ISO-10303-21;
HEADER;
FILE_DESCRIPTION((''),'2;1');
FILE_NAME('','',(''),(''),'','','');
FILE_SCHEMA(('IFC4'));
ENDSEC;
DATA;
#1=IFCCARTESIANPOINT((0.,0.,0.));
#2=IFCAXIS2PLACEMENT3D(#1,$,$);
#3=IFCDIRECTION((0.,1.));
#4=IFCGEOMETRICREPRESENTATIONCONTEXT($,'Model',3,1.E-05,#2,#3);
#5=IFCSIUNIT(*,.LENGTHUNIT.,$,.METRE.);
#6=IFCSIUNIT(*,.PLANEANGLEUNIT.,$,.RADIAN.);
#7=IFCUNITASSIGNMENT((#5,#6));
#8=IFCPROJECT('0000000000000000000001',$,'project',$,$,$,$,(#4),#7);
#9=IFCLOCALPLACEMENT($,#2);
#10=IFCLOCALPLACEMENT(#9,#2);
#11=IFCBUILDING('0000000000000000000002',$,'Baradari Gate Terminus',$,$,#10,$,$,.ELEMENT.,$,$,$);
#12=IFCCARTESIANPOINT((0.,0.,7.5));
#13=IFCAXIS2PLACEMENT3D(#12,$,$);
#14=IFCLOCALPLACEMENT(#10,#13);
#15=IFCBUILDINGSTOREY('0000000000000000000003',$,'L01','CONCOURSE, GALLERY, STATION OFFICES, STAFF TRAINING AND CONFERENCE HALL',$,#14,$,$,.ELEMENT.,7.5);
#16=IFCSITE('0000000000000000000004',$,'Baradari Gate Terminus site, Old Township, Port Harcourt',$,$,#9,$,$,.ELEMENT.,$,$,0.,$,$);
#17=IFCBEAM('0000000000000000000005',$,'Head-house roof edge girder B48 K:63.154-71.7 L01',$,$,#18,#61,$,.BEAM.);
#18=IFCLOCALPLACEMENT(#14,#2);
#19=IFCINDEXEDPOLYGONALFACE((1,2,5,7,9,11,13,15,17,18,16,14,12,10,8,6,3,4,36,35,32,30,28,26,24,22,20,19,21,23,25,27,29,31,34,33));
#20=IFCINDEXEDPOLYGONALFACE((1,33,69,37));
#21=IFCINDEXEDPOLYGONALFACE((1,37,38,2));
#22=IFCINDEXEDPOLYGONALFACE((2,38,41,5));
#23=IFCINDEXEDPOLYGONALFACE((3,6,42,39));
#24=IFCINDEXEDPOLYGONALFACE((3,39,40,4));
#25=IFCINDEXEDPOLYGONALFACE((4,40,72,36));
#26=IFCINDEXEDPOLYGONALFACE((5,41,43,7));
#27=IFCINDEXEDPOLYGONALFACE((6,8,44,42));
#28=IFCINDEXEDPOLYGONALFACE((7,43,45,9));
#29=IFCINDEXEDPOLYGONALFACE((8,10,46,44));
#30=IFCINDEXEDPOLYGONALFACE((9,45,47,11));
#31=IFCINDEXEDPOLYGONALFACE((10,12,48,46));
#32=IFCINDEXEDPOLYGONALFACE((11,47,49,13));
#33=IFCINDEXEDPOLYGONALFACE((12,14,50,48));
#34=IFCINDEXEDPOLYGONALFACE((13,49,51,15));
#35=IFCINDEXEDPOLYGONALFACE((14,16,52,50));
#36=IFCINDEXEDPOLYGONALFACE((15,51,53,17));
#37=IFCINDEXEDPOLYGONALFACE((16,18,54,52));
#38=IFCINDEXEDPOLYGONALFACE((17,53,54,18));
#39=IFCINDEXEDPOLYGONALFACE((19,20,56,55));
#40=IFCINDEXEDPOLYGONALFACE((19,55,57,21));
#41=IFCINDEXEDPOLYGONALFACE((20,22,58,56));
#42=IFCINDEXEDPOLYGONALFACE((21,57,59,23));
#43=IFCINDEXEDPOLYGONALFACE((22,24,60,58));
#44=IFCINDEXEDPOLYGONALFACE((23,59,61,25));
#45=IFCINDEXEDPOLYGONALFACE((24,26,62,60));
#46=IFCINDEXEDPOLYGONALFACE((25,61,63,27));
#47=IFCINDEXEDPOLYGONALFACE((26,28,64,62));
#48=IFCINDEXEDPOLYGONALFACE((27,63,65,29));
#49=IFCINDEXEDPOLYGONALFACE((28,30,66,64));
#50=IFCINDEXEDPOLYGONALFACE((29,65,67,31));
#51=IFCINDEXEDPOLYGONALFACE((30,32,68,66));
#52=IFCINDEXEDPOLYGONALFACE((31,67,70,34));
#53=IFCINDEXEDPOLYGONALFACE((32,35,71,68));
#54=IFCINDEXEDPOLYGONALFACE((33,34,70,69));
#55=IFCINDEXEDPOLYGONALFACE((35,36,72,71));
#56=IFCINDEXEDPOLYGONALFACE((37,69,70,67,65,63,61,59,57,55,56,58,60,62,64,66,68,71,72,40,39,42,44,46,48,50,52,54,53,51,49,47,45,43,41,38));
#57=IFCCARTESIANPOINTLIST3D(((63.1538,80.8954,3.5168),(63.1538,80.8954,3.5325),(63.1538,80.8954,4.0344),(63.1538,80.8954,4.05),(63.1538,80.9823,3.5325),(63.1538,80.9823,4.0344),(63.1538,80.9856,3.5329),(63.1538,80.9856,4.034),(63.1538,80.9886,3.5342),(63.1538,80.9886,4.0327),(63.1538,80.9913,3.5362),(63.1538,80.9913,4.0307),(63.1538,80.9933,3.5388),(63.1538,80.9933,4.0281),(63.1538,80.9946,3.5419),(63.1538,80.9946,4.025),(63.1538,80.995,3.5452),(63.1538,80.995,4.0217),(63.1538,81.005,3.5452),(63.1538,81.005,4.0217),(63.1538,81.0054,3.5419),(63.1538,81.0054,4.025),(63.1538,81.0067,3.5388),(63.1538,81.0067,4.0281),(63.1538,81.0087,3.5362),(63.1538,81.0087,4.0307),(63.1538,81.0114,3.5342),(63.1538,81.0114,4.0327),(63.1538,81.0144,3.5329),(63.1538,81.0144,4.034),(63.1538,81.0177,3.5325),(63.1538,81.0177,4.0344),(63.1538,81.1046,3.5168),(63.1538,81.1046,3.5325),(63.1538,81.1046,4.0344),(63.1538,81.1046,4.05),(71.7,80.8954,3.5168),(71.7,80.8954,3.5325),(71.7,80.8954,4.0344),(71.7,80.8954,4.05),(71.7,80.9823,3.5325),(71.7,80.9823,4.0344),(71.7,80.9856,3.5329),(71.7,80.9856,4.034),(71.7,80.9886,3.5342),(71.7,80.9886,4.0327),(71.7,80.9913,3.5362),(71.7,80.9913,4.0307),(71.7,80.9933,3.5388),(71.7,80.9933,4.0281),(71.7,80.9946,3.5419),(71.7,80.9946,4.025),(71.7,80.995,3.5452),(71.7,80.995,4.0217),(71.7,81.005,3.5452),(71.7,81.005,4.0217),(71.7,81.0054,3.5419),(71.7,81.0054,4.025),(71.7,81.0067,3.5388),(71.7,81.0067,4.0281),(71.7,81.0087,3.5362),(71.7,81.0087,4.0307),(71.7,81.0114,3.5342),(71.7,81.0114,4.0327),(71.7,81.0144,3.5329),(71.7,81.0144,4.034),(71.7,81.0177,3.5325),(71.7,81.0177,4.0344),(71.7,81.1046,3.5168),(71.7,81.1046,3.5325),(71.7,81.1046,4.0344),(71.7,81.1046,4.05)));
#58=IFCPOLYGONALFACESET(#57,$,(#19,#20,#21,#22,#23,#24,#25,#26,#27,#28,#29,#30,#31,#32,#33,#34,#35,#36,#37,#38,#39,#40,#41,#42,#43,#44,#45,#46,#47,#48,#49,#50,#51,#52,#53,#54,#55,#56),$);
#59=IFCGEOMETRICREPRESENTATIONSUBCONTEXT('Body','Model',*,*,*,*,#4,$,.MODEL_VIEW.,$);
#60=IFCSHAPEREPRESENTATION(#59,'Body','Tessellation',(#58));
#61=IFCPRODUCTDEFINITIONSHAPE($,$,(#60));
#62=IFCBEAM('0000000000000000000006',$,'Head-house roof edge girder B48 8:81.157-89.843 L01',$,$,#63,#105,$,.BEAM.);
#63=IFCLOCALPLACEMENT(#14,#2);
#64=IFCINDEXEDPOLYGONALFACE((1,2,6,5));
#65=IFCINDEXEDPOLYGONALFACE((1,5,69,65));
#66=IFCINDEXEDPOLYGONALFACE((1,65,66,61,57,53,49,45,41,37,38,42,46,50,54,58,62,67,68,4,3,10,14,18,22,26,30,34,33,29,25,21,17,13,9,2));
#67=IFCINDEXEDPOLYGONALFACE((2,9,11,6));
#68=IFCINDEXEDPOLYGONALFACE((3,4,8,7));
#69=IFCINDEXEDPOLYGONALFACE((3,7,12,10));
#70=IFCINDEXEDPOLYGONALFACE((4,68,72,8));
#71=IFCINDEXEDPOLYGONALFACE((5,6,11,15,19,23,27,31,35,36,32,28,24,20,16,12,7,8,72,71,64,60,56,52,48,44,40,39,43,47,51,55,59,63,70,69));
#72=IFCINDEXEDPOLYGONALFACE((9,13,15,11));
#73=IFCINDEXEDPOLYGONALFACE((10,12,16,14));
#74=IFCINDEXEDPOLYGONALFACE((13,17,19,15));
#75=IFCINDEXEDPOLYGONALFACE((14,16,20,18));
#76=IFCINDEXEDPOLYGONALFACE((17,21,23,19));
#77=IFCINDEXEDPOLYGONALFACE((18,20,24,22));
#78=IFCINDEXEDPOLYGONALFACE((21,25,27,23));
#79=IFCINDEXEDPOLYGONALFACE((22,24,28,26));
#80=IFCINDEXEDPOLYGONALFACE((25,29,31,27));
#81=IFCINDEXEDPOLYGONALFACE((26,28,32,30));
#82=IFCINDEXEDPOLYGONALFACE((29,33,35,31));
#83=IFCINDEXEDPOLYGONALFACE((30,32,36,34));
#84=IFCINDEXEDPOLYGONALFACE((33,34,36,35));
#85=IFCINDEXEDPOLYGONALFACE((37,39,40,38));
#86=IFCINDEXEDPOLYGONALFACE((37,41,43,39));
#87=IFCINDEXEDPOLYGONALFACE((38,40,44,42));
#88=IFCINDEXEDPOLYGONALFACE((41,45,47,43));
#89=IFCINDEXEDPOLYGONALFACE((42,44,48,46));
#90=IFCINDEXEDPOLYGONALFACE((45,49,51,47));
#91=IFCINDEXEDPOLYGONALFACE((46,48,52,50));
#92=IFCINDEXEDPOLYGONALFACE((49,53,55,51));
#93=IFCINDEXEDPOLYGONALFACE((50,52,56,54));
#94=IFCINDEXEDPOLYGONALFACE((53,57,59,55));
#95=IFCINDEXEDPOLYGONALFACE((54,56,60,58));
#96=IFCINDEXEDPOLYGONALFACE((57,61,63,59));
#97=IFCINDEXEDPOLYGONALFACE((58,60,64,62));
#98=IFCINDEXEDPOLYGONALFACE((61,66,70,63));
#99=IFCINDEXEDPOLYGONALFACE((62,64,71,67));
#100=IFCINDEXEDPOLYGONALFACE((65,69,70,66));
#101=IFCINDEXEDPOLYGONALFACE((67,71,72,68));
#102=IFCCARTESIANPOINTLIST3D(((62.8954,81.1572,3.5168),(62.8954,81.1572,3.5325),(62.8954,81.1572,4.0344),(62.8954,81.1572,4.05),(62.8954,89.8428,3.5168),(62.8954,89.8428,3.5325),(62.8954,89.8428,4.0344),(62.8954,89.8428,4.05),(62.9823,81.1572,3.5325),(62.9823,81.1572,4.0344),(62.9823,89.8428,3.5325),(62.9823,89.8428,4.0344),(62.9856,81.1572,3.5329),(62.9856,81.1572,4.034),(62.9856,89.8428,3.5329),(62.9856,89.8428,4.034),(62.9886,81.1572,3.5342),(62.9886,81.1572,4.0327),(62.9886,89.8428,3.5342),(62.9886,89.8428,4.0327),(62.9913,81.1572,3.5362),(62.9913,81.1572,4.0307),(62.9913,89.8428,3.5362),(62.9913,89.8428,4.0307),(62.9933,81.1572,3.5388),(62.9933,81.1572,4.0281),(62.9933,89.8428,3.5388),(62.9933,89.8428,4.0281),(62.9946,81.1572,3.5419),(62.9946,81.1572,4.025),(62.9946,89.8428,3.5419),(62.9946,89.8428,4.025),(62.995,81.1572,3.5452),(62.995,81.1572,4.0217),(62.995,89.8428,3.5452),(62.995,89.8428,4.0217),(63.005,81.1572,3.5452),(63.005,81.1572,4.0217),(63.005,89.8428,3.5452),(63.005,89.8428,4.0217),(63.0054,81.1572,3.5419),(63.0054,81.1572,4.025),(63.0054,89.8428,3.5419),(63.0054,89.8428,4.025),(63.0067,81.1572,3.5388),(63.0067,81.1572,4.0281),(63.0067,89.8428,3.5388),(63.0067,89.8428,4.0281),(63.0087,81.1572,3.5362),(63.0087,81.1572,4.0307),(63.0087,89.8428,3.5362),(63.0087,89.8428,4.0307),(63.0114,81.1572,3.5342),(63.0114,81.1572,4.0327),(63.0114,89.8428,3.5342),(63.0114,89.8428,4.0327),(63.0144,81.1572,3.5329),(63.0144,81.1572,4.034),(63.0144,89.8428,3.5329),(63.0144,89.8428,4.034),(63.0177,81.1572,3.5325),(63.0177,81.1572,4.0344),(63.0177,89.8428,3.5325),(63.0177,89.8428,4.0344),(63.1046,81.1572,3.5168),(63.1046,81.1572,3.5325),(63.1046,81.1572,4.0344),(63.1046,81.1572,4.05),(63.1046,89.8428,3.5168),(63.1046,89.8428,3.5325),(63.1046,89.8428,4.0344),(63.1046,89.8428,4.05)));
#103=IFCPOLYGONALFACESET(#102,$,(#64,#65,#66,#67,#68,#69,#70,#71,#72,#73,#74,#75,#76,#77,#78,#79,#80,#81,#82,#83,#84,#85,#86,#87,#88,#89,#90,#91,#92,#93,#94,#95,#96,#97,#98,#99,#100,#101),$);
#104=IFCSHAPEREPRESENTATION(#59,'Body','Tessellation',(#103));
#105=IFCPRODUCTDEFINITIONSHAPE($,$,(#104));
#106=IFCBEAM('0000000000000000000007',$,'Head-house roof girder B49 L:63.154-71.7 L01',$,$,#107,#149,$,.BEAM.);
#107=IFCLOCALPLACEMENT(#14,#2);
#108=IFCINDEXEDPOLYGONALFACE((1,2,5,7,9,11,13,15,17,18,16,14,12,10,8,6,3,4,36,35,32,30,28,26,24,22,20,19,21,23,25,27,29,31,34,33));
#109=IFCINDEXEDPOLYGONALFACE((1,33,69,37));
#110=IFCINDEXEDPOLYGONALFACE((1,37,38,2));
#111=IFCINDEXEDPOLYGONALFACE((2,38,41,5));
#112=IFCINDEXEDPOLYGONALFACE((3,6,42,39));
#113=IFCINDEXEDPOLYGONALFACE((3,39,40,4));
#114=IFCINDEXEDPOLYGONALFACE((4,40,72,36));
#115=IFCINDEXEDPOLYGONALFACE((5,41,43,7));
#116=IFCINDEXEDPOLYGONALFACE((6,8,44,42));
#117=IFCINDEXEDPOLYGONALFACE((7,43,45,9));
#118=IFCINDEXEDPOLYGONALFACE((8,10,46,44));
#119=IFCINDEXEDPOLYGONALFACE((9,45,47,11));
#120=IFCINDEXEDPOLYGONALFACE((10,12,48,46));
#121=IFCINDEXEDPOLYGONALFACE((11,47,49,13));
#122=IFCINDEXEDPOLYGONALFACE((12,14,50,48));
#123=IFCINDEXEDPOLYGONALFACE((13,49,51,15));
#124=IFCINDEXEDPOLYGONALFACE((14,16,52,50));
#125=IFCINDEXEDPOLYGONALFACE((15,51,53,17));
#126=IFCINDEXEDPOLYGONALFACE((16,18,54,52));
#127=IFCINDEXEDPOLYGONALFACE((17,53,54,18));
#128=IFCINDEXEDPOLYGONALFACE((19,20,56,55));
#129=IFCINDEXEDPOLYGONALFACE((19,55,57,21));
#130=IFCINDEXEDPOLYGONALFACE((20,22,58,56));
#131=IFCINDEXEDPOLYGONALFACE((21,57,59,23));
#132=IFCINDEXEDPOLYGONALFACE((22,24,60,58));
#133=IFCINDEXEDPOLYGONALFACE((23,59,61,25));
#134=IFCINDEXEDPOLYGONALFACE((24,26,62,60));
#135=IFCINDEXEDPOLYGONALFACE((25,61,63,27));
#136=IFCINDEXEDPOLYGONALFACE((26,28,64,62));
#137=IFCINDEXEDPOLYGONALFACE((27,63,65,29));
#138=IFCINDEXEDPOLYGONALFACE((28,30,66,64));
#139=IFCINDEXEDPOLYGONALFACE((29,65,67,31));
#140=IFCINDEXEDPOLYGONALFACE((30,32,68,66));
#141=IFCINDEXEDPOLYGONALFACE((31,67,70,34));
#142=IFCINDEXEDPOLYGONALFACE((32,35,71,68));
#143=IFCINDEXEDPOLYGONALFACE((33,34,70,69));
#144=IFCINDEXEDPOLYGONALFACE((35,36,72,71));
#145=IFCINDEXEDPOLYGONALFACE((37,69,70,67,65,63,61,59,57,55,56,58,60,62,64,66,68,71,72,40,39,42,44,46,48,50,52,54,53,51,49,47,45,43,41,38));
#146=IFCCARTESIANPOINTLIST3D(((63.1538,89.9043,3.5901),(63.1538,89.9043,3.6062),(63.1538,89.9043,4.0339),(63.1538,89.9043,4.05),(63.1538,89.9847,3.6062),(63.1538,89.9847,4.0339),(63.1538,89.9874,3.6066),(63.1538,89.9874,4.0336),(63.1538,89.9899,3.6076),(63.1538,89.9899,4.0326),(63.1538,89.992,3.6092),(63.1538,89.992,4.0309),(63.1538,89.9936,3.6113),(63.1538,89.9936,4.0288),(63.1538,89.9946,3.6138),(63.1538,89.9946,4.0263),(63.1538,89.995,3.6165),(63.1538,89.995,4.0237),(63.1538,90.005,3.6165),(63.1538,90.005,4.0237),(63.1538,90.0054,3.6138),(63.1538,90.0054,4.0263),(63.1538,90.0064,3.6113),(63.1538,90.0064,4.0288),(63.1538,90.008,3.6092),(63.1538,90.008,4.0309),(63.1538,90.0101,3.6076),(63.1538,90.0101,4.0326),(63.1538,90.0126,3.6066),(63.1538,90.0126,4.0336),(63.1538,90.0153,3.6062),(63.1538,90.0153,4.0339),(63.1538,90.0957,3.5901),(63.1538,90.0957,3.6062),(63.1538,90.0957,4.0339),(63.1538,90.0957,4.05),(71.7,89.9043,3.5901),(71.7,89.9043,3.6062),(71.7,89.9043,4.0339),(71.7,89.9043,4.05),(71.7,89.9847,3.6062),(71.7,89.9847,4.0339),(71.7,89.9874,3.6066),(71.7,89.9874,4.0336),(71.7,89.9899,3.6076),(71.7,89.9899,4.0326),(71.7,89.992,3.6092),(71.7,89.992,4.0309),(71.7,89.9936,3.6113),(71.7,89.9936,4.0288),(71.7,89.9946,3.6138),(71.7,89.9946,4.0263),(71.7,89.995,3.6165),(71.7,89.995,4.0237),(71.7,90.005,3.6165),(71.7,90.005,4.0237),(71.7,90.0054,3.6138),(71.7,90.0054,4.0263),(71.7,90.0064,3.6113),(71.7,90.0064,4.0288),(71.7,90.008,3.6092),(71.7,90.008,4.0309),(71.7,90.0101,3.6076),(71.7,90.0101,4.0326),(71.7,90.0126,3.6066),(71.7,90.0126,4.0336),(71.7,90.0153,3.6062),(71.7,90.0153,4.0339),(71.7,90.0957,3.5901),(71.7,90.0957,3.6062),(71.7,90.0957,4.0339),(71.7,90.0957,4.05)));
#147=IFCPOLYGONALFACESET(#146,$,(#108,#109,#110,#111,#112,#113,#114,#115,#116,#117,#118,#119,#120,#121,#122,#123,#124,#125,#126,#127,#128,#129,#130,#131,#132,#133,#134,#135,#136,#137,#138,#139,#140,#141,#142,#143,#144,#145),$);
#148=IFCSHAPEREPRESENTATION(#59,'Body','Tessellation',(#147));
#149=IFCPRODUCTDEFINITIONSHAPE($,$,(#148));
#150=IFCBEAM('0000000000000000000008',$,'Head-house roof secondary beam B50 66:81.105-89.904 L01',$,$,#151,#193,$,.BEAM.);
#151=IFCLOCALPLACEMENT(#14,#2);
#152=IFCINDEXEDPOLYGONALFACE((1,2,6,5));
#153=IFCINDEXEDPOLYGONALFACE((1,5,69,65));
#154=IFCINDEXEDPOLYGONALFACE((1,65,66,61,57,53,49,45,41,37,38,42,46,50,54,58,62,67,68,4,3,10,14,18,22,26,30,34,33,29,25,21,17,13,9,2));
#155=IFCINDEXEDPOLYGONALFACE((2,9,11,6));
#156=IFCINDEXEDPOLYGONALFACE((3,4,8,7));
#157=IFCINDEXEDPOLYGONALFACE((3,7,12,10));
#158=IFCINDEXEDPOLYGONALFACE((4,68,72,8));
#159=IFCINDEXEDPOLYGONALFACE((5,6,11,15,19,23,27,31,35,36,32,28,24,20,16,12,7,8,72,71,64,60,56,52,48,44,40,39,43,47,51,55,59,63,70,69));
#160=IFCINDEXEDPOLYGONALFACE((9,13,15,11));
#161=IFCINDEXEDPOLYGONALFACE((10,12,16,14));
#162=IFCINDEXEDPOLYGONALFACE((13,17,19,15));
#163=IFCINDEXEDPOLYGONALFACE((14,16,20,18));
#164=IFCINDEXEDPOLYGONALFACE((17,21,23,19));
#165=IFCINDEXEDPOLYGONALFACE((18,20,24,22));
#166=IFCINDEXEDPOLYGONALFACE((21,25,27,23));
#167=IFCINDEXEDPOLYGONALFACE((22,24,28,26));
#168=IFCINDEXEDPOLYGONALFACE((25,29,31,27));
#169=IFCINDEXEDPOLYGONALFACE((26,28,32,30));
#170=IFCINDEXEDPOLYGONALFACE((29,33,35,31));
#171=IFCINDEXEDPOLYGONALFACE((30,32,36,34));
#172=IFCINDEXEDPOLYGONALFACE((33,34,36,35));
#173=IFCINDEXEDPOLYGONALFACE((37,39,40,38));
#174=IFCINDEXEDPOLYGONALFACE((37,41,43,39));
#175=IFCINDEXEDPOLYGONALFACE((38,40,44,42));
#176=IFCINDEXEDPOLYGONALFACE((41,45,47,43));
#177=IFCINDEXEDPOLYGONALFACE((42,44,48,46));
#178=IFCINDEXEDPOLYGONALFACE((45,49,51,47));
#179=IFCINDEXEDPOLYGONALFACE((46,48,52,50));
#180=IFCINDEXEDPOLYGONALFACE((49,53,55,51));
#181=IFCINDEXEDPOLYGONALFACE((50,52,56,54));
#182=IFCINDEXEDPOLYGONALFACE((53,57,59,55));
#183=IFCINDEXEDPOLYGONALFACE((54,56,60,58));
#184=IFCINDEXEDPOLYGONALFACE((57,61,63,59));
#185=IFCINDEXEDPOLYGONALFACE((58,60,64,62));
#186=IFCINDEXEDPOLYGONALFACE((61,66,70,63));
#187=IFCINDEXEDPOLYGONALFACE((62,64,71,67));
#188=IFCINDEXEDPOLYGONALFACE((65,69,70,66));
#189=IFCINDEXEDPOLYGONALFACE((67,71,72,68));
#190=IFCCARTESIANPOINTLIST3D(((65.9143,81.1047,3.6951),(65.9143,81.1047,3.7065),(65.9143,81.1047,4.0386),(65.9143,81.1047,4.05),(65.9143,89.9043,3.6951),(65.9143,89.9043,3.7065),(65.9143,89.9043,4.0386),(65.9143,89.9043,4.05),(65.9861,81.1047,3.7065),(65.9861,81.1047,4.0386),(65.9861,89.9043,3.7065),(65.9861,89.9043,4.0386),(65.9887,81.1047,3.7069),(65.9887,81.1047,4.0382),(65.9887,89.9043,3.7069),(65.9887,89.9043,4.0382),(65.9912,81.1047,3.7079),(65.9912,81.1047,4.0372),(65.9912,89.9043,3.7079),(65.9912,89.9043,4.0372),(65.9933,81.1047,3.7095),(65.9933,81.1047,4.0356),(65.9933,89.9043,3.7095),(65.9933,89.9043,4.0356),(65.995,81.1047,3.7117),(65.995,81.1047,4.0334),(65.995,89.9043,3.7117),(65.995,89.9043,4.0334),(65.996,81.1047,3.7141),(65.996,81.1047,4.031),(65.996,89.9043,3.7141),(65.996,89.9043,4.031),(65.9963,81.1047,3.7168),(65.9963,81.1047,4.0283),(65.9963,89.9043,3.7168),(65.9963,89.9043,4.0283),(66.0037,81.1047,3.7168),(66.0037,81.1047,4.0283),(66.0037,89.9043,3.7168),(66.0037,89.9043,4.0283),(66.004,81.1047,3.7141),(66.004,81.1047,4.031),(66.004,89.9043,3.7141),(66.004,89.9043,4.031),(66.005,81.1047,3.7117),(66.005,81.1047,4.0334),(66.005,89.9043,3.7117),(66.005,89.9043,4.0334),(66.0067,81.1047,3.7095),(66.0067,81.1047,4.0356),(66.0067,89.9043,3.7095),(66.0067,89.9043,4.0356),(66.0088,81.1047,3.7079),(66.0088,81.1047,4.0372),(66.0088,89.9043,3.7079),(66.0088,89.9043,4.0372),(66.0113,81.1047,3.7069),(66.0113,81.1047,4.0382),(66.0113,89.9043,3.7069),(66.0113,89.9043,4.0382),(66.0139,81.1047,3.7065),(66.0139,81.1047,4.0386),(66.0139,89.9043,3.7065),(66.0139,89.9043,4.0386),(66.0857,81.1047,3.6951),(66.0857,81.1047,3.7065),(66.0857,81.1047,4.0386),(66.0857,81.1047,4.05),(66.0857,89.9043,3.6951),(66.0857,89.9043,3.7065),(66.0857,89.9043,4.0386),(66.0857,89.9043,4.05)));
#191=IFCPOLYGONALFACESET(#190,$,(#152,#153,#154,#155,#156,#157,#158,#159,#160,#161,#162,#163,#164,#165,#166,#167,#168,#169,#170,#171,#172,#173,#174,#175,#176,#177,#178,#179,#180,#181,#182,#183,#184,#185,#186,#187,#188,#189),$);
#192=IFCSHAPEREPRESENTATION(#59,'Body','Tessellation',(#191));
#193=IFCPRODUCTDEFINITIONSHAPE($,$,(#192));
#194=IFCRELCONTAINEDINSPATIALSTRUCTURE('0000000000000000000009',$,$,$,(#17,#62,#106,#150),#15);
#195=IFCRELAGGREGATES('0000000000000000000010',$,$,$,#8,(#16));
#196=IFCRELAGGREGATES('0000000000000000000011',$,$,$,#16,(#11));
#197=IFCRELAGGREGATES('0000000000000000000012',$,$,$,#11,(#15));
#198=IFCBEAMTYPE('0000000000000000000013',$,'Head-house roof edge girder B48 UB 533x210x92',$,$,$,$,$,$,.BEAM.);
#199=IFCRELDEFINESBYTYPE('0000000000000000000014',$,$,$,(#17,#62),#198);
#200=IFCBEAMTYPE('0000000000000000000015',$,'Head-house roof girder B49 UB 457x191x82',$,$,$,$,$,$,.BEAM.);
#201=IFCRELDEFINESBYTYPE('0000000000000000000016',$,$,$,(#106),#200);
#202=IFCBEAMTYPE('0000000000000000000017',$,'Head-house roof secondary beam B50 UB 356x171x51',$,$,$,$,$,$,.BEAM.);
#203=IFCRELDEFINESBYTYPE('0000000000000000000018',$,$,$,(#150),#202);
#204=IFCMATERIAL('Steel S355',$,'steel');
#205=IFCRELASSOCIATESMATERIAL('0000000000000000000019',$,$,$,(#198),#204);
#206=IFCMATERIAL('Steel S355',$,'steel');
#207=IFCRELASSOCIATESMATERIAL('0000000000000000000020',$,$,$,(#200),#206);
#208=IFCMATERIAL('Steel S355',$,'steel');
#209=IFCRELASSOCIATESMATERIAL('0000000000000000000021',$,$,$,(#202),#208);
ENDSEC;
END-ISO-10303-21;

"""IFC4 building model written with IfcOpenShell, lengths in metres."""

from ifc_helpers import new_model, si_unit, direction, frame, origin, origin_2d, place, context, subcontext, project, spatial, i_section, extrude, material, material_profile, profile_set, type_object, element, save


model = new_model("IFC4")

# Units and contexts
model_context = context("Model", 3, precision=1e-05, world=origin(), true_north=direction((0.0, 1.0)))
body_context = subcontext(model_context, "Body", "Model", "MODEL_VIEW")
ifc_project = project(units=[si_unit("LENGTHUNIT", "METRE"), si_unit("PLANEANGLEUNIT", "RADIAN")], contexts=[model_context])

# Site, building, storey
site_placement = place(None, origin())
site = spatial("IfcSite", under=ifc_project, at=site_placement, Name="Baradari Gate Terminus site, Old Township, Port Harcourt", CompositionType="ELEMENT", RefElevation=0.0)
building_placement = place(site_placement, origin())
building = spatial("IfcBuilding", under=site, at=building_placement, Name="Baradari Gate Terminus", CompositionType="ELEMENT")
storey_placement = place(building_placement, frame((0.0, 0.0, 7.5)))
storey = spatial("IfcBuildingStorey", under=building, at=storey_placement, Name="L01", Description="CONCOURSE, GALLERY, STATION OFFICES, STAFF TRAINING AND CONFERENCE HALL", CompositionType="ELEMENT", Elevation=7.5)

# Beams
ifc_material_1 = material(Name="Steel S355", Category="steel")
ifc_material_profile_1 = material_profile(ifc_material_1, i_section(OverallWidth=0.2092, OverallDepth=0.5332, WebThickness=0.01, FlangeThickness=0.0156, FilletRadius=0.0127, at=origin_2d()), Name="UB 533x210x92")
ifc_profile_set_1 = profile_set([ifc_material_profile_1], Name="Steel S355")
beam_type_1 = type_object("IfcBeamType", Name="Head-house roof edge girder B48 UB 533x210x92", PredefinedType="BEAM", material=ifc_profile_set_1)
beam_1_placement = place(storey_placement, frame((63.1538, 81.0, 3.7834), z_axis=(1.0, 0.0, 0.0), x_axis=(0.0, 1.0, 0.0)))
element("IfcBeam", 1, at=beam_1_placement, inside=storey, type_object=beam_type_1, Name="Head-house roof edge girder B48 K:63.154-71.7 L01", PredefinedType="BEAM", context=body_context, shape_type="SweptSolid", body=[
    extrude(i_section(OverallWidth=0.2092, OverallDepth=0.5332, WebThickness=0.01, FlangeThickness=0.0156, FilletRadius=0.0127, at=origin_2d()), origin(), (0.0, 0.0, 1.0), 8.5461),
])
beam_2_placement = place(storey_placement, frame((63.0, 81.1572, 3.7834), z_axis=(0.0, 1.0, 0.0), x_axis=(-1.0, 0.0, 0.0)))
element("IfcBeam", 2, at=beam_2_placement, inside=storey, type_object=beam_type_1, Name="Head-house roof edge girder B48 8:81.157-89.843 L01", PredefinedType="BEAM", context=body_context, shape_type="SweptSolid", body=[
    extrude(i_section(OverallWidth=0.2092, OverallDepth=0.5332, WebThickness=0.01, FlangeThickness=0.0156, FilletRadius=0.0127, at=origin_2d()), origin(), (0.0, 0.0, 1.0), 8.6855),
])
ifc_material_2 = material(Name="Steel S355", Category="steel")
ifc_material_profile_2 = material_profile(ifc_material_2, i_section(OverallWidth=0.1914, OverallDepth=0.46, WebThickness=0.01, FlangeThickness=0.0161, FilletRadius=0.0103, at=origin_2d()), Name="UB 457x191x82")
ifc_profile_set_2 = profile_set([ifc_material_profile_2], Name="Steel S355")
beam_type_2 = type_object("IfcBeamType", Name="Head-house roof girder B49 UB 457x191x82", PredefinedType="BEAM", material=ifc_profile_set_2)
beam_3_placement = place(storey_placement, frame((63.1538, 90.0, 3.8201), z_axis=(1.0, 0.0, 0.0), x_axis=(0.0, 1.0, 0.0)))
element("IfcBeam", 3, at=beam_3_placement, inside=storey, type_object=beam_type_2, Name="Head-house roof girder B49 L:63.154-71.7 L01", PredefinedType="BEAM", context=body_context, shape_type="SweptSolid", body=[
    extrude(i_section(OverallWidth=0.1914, OverallDepth=0.46, WebThickness=0.01, FlangeThickness=0.0161, FilletRadius=0.0103, at=origin_2d()), origin(), (0.0, 0.0, 1.0), 8.5461),
])
ifc_material_3 = material(Name="Steel S355", Category="steel")
ifc_material_profile_3 = material_profile(ifc_material_3, i_section(OverallWidth=0.1714, OverallDepth=0.355, WebThickness=0.0073, FlangeThickness=0.0115, FilletRadius=0.0103, at=origin_2d()), Name="UB 356x171x51")
ifc_profile_set_3 = profile_set([ifc_material_profile_3], Name="Steel S355")
beam_type_3 = type_object("IfcBeamType", Name="Head-house roof secondary beam B50 UB 356x171x51", PredefinedType="BEAM", material=ifc_profile_set_3)
beam_4_placement = place(storey_placement, frame((66.0, 81.1047, 3.8726), z_axis=(0.0, 1.0, 0.0), x_axis=(-1.0, 0.0, 0.0)))
element("IfcBeam", 4, at=beam_4_placement, inside=storey, type_object=beam_type_3, Name="Head-house roof secondary beam B50 66:81.105-89.904 L01", PredefinedType="BEAM", context=body_context, shape_type="SweptSolid", body=[
    extrude(i_section(OverallWidth=0.1714, OverallDepth=0.355, WebThickness=0.0073, FlangeThickness=0.0115, FilletRadius=0.0103, at=origin_2d()), origin(), (0.0, 0.0, 1.0), 8.7996),
])

save(model, "model.ifc")
